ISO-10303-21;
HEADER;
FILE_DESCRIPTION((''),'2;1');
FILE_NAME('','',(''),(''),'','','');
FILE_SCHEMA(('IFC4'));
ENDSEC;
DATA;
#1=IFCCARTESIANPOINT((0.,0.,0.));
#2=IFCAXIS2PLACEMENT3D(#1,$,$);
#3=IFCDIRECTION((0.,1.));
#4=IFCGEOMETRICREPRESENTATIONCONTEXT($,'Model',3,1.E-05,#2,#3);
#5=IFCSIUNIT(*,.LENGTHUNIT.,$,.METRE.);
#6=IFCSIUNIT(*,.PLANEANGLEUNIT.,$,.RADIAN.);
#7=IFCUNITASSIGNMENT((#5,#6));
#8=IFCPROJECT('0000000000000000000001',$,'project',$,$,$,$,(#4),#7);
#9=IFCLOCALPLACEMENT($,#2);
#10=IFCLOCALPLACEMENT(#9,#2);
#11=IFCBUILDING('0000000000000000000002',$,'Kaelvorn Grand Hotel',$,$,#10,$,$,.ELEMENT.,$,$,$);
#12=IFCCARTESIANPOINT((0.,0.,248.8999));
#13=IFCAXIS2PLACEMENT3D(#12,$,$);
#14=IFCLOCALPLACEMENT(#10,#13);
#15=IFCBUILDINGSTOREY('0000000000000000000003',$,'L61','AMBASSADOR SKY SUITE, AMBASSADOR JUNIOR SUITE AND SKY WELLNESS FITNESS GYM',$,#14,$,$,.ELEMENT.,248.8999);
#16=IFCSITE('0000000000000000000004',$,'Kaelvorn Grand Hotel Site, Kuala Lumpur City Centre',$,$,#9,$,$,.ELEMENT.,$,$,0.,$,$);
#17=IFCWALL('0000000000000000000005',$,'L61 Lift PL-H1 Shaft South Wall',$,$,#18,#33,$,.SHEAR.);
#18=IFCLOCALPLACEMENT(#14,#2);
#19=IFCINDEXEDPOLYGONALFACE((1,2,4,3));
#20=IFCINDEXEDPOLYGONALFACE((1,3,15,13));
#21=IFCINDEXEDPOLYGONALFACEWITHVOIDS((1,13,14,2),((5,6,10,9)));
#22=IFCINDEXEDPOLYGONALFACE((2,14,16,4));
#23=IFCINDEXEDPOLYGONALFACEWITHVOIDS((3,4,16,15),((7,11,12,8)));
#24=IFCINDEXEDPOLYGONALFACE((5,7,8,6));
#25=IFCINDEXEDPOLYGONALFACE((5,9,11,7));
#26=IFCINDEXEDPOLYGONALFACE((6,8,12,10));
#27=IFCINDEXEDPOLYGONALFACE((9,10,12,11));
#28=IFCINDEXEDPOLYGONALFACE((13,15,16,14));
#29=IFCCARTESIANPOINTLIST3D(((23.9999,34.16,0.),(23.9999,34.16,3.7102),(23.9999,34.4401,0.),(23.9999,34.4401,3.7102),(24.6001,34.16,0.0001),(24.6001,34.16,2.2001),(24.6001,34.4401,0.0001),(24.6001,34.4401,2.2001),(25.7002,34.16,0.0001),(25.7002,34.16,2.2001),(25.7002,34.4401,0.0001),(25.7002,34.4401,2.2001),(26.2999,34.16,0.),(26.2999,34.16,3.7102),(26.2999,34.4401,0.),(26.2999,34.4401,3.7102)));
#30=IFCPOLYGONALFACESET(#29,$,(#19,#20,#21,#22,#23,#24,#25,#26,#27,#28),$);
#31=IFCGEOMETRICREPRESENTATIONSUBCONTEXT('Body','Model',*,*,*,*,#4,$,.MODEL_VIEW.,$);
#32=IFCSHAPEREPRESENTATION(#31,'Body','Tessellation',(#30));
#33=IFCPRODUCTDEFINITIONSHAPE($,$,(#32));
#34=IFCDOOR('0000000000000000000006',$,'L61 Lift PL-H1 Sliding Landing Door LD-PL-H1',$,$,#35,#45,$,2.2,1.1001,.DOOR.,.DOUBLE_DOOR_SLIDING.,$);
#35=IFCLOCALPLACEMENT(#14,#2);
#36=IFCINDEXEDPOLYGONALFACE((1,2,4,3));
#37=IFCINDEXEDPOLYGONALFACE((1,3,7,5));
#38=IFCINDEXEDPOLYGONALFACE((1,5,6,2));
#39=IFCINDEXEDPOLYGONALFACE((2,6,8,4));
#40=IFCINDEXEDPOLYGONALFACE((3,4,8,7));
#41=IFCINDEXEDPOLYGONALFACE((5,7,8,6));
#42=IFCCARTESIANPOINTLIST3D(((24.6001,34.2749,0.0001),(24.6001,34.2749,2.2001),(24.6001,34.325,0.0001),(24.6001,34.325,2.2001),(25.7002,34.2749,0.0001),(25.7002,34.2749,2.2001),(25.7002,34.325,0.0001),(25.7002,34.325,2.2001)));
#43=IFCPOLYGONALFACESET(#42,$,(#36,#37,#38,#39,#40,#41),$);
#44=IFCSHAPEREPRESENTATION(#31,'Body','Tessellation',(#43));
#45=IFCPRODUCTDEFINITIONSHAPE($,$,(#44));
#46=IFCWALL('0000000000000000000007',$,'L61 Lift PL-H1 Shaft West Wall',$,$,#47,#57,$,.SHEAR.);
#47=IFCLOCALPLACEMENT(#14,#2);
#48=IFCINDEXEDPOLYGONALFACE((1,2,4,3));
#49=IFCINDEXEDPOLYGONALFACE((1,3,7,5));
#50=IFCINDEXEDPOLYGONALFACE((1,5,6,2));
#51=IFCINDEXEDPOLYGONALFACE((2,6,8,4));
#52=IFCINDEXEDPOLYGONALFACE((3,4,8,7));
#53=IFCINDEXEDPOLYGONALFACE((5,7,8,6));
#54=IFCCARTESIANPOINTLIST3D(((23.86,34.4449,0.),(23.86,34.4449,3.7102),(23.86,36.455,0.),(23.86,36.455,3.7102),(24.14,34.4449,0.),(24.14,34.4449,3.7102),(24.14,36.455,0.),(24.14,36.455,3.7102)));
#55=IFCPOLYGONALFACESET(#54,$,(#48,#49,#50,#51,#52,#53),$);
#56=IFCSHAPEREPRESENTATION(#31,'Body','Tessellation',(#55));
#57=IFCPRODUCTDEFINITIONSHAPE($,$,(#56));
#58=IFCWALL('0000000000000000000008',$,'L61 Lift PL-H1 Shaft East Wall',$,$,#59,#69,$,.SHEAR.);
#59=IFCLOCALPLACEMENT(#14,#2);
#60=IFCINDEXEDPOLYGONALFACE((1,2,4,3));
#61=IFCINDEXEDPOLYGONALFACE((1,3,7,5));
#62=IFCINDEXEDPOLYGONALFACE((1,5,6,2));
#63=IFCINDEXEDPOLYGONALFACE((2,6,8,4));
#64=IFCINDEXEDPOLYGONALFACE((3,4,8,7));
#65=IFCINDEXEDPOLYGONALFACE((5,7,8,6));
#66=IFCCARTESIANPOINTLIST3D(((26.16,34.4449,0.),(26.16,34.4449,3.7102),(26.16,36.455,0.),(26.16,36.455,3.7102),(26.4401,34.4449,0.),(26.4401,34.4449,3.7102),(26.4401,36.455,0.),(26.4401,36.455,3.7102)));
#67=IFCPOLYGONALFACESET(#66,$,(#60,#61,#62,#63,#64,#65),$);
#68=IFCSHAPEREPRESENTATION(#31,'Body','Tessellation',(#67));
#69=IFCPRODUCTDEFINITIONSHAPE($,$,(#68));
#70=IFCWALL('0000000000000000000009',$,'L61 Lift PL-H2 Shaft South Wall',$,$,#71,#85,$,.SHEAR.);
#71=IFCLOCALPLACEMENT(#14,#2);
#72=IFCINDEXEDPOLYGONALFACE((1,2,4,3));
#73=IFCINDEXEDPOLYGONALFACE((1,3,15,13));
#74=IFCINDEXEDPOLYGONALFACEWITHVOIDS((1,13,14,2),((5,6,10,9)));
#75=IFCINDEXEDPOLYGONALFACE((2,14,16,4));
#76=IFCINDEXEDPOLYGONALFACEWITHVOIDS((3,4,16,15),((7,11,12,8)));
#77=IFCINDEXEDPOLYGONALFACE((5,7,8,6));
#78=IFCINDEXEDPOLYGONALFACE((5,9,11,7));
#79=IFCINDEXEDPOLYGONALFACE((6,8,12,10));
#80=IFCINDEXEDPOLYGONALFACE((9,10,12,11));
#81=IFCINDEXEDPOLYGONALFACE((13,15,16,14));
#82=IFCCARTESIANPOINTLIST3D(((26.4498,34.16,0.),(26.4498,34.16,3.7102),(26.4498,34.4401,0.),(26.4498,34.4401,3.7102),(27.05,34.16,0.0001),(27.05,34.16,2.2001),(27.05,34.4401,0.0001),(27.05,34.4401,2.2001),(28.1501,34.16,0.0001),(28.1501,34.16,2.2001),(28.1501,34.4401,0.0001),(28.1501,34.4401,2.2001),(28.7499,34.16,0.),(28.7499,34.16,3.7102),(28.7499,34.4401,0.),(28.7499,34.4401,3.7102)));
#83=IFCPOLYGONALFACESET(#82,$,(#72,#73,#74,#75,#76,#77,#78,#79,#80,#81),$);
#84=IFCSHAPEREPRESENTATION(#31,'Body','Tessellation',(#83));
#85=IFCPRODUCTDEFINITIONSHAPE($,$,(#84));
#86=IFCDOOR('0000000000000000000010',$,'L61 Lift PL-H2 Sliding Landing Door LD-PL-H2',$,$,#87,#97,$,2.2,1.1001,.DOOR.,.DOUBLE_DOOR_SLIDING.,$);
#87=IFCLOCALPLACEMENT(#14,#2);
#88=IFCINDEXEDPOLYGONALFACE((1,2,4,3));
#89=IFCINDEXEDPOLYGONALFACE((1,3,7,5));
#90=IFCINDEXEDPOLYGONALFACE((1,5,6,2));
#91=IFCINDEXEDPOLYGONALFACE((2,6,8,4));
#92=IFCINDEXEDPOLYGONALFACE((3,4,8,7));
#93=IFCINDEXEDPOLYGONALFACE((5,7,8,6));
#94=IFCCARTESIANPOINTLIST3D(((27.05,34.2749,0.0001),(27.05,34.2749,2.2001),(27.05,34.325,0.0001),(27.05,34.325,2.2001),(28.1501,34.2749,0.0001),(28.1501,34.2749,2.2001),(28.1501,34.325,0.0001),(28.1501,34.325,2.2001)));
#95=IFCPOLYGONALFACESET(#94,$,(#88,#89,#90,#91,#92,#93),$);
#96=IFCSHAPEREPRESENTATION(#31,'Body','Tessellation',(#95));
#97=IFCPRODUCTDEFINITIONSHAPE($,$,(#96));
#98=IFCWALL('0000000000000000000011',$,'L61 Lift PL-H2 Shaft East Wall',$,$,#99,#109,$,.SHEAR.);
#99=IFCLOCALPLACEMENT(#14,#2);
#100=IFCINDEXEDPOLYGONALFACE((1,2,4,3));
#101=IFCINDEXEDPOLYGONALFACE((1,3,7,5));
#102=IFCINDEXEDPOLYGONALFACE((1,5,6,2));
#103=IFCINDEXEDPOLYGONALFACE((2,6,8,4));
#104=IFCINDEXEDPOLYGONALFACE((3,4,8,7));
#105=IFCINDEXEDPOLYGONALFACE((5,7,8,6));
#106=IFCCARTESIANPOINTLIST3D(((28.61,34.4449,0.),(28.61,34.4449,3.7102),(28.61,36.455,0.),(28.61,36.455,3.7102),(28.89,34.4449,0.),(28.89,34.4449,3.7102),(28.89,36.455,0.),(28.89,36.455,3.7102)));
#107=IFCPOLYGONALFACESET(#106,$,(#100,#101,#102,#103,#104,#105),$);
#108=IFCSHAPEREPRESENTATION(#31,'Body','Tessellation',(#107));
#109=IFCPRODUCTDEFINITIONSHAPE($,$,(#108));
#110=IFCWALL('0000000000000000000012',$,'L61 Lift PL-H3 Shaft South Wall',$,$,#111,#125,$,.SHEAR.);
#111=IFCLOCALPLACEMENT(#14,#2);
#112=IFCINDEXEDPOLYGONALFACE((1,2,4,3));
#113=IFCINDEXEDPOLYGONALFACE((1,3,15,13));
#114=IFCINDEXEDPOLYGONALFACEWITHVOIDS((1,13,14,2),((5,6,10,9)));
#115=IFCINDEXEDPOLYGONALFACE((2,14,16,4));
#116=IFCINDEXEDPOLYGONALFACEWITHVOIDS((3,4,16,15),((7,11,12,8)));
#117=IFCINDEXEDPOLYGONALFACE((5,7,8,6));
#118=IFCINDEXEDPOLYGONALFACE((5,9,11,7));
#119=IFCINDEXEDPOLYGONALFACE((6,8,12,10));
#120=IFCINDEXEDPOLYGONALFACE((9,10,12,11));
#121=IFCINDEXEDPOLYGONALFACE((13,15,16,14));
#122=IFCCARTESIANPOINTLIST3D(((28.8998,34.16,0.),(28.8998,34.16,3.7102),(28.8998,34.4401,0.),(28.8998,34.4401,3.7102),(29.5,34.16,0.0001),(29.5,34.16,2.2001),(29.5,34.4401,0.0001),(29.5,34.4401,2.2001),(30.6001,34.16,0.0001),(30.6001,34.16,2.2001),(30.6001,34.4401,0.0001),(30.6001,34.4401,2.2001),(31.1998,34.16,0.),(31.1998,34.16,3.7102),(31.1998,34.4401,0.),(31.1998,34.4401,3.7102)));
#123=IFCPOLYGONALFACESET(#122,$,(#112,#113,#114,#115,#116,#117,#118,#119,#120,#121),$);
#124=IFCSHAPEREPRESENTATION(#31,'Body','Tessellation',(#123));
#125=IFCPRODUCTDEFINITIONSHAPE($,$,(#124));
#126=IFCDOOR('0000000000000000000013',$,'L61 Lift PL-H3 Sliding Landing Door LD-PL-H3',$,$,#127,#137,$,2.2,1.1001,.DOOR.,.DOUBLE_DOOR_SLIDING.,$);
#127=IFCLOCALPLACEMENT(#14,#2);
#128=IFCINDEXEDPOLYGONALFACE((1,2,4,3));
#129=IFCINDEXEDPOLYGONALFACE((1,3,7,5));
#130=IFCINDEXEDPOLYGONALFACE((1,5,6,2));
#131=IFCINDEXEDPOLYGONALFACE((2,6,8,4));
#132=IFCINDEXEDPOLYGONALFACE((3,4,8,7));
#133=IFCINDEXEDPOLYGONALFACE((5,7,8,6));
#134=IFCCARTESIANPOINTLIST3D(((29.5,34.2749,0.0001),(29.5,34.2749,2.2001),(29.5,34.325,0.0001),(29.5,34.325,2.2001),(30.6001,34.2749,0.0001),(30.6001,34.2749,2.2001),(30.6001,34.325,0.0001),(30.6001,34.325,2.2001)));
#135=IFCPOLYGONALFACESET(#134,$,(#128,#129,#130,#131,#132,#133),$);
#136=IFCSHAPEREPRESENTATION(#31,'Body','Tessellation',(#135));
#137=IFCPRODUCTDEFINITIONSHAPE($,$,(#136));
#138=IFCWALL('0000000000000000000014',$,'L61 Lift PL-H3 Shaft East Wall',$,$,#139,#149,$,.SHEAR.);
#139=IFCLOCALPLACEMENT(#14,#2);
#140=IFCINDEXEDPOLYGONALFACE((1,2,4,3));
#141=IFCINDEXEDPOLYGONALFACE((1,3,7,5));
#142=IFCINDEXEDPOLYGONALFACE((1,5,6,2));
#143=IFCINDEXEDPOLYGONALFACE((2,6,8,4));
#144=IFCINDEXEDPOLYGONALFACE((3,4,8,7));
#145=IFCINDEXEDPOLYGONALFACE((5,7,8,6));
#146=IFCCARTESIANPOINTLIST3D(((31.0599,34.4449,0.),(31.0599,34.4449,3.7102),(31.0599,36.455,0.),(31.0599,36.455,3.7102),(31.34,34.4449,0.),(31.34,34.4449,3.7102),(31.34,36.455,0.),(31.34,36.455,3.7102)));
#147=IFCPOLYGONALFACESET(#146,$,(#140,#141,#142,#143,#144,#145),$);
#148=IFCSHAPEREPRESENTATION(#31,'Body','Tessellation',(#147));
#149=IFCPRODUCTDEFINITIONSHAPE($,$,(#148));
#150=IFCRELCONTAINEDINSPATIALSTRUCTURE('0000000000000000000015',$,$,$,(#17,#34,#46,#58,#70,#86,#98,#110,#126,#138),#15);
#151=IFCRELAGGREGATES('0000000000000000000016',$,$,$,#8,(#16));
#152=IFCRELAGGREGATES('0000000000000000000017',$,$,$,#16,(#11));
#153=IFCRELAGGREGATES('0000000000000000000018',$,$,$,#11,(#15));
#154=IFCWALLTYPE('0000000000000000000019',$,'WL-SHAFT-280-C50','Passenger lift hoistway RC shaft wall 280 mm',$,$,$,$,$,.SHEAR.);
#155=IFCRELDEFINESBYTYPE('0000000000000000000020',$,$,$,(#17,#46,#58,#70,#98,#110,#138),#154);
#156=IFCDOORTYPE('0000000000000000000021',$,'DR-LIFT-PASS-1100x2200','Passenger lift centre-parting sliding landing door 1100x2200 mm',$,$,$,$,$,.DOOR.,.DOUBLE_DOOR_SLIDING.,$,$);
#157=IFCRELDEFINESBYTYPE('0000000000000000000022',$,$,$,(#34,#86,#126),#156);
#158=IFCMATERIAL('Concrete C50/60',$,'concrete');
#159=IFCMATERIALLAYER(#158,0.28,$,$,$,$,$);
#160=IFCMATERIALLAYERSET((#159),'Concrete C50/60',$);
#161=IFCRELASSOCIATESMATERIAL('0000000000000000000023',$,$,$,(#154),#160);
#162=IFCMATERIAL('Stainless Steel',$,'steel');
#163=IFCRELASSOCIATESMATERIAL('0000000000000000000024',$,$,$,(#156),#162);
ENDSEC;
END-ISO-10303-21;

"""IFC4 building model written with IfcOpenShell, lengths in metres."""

from ifc_helpers import new_model, si_unit, direction, frame, frame_2d, origin, place, context, subcontext, project, spatial, rectangle, extrude, material, layer, layer_set, type_object, element, fill, save


model = new_model("IFC4")

# Units and contexts
model_context = context("Model", 3, precision=1e-05, world=origin(), true_north=direction((0.0, 1.0)))
body_context = subcontext(model_context, "Body", "Model", "MODEL_VIEW")
ifc_project = project(units=[si_unit("LENGTHUNIT", "METRE"), si_unit("PLANEANGLEUNIT", "RADIAN")], contexts=[model_context])

# Site, building, storey
site_placement = place(None, origin())
site = spatial("IfcSite", under=ifc_project, at=site_placement, Name="Kaelvorn Grand Hotel Site, Kuala Lumpur City Centre", CompositionType="ELEMENT", RefElevation=0.0)
building_placement = place(site_placement, origin())
building = spatial("IfcBuilding", under=site, at=building_placement, Name="Kaelvorn Grand Hotel", CompositionType="ELEMENT")
storey_placement = place(building_placement, frame((0.0, 0.0, 248.8999)))
storey = spatial("IfcBuildingStorey", under=building, at=storey_placement, Name="L61", Description="AMBASSADOR SKY SUITE, AMBASSADOR JUNIOR SUITE AND SKY WELLNESS FITNESS GYM", CompositionType="ELEMENT", Elevation=248.8999)

# Shared definitions
ifc_material_1 = material(Name="Concrete C50/60", Category="concrete")

# Wall, opening, door
ifc_layer_1 = layer(ifc_material_1, 0.28)
ifc_layer_set_1 = layer_set([ifc_layer_1], Name="Concrete C50/60")
wall_type_1 = type_object("IfcWallType", Name="WL-SHAFT-280-C50", Description="Passenger lift hoistway RC shaft wall 280 mm", PredefinedType="SHEAR", material=ifc_layer_set_1)
wall_1_placement = place(storey_placement, frame((24.0, 34.3, 0.0), z_axis=(0.0, 0.0, 1.0), x_axis=(1.0, 0.0, 0.0)))
wall_1 = element("IfcWall", 1, at=wall_1_placement, inside=storey, type_object=wall_type_1, Name="L61 Lift PL-H1 Shaft South Wall", PredefinedType="SHEAR", context=body_context, shape_type="SweptSolid", body=[
    extrude(rectangle(XDim=2.3, YDim=0.28, at=frame_2d((1.1499, 0.0))), origin(), (0.0, 0.0, 1.0), 3.7102),
])
opening_1_placement = place(wall_1_placement, frame((0.6001, 0.0, 0.0)))
opening_1 = element("IfcOpeningElement", 2, at=opening_1_placement, cuts=wall_1, PredefinedType="OPENING", context=body_context, shape_type="SweptSolid", body=[
    extrude(rectangle(XDim=1.1001, YDim=2.2, at=frame_2d((0.55, 1.1001))), frame((0.0, 0.1499, 0.0), z_axis=(0.0, -1.0, 0.0), x_axis=(1.0, 0.0, 0.0)), (0.0, 0.0, 1.0), 0.3),
])
ifc_material_2 = material(Name="Stainless Steel", Category="steel")
door_type_1 = type_object("IfcDoorType", Name="DR-LIFT-PASS-1100x2200", Description="Passenger lift centre-parting sliding landing door 1100x2200 mm", OperationType="DOUBLE_DOOR_SLIDING", PredefinedType="DOOR", material=ifc_material_2)
door_1_placement = place(opening_1_placement, origin())
door_1 = element("IfcDoor", 3, at=door_1_placement, inside=storey, type_object=door_type_1, Name="L61 Lift PL-H1 Sliding Landing Door LD-PL-H1", OperationType="DOUBLE_DOOR_SLIDING", OverallHeight=2.2, OverallWidth=1.1001, PredefinedType="DOOR", context=body_context, shape_type="SweptSolid", body=[
    extrude(rectangle(XDim=1.1001, YDim=2.2, at=frame_2d((0.55, 1.1001))), frame((0.0, 0.0249, 0.0), z_axis=(0.0, -1.0, 0.0), x_axis=(1.0, 0.0, 0.0)), (0.0, 0.0, 1.0), 0.05),
])
fill(opening_1, door_1)

# Walls
for number, where, z_axis, x_axis, name in (
    (4, (24.0, 34.4451, 0.0), (0.0, 0.0, 1.0), (0.0, 1.0, 0.0), "L61 Lift PL-H1 Shaft West Wall"),
    (5, (26.3, 34.4451, 0.0), (0.0, 0.0, 1.0), (0.0, 1.0, 0.0), "L61 Lift PL-H1 Shaft East Wall"),
):
    element("IfcWall", number, at=place(storey_placement, frame(where, z_axis=z_axis, x_axis=x_axis)), inside=storey, type_object=wall_type_1, Name=name, PredefinedType="SHEAR", context=body_context, shape_type="SweptSolid", body=[
        extrude(rectangle(XDim=2.01, YDim=0.28, at=frame_2d((1.0049, 0.0))), origin(), (0.0, 0.0, 1.0), 3.7102),
    ])

# Wall, opening, door
wall_2_placement = place(storey_placement, frame((26.45, 34.3, 0.0), z_axis=(0.0, 0.0, 1.0), x_axis=(1.0, 0.0, 0.0)))
wall_2 = element("IfcWall", 6, at=wall_2_placement, inside=storey, type_object=wall_type_1, Name="L61 Lift PL-H2 Shaft South Wall", PredefinedType="SHEAR", context=body_context, shape_type="SweptSolid", body=[
    extrude(rectangle(XDim=2.3, YDim=0.28, at=frame_2d((1.1499, 0.0))), origin(), (0.0, 0.0, 1.0), 3.7102),
])
opening_2_placement = place(wall_2_placement, frame((0.6001, 0.0, 0.0)))
opening_2 = element("IfcOpeningElement", 7, at=opening_2_placement, cuts=wall_2, PredefinedType="OPENING", context=body_context, shape_type="SweptSolid", body=[
    extrude(rectangle(XDim=1.1001, YDim=2.2, at=frame_2d((0.55, 1.1001))), frame((0.0, 0.1499, 0.0), z_axis=(0.0, -1.0, 0.0), x_axis=(1.0, 0.0, 0.0)), (0.0, 0.0, 1.0), 0.3),
])
door_2_placement = place(opening_2_placement, origin())
door_2 = element("IfcDoor", 8, at=door_2_placement, inside=storey, type_object=door_type_1, Name="L61 Lift PL-H2 Sliding Landing Door LD-PL-H2", OperationType="DOUBLE_DOOR_SLIDING", OverallHeight=2.2, OverallWidth=1.1001, PredefinedType="DOOR", context=body_context, shape_type="SweptSolid", body=[
    extrude(rectangle(XDim=1.1001, YDim=2.2, at=frame_2d((0.55, 1.1001))), frame((0.0, 0.0249, 0.0), z_axis=(0.0, -1.0, 0.0), x_axis=(1.0, 0.0, 0.0)), (0.0, 0.0, 1.0), 0.05),
])
fill(opening_2, door_2)

# Wall
wall_3_placement = place(storey_placement, frame((28.75, 34.4451, 0.0), z_axis=(0.0, 0.0, 1.0), x_axis=(0.0, 1.0, 0.0)))
element("IfcWall", 9, at=wall_3_placement, inside=storey, type_object=wall_type_1, Name="L61 Lift PL-H2 Shaft East Wall", PredefinedType="SHEAR", context=body_context, shape_type="SweptSolid", body=[
    extrude(rectangle(XDim=2.01, YDim=0.28, at=frame_2d((1.0049, 0.0))), origin(), (0.0, 0.0, 1.0), 3.7102),
])

# Wall, opening, door
wall_4_placement = place(storey_placement, frame((28.8999, 34.3, 0.0), z_axis=(0.0, 0.0, 1.0), x_axis=(1.0, 0.0, 0.0)))
wall_4 = element("IfcWall", 10, at=wall_4_placement, inside=storey, type_object=wall_type_1, Name="L61 Lift PL-H3 Shaft South Wall", PredefinedType="SHEAR", context=body_context, shape_type="SweptSolid", body=[
    extrude(rectangle(XDim=2.3, YDim=0.28, at=frame_2d((1.1499, 0.0))), origin(), (0.0, 0.0, 1.0), 3.7102),
])
opening_3_placement = place(wall_4_placement, frame((0.6001, 0.0, 0.0)))
opening_3 = element("IfcOpeningElement", 11, at=opening_3_placement, cuts=wall_4, PredefinedType="OPENING", context=body_context, shape_type="SweptSolid", body=[
    extrude(rectangle(XDim=1.1001, YDim=2.2, at=frame_2d((0.55, 1.1001))), frame((0.0, 0.1499, 0.0), z_axis=(0.0, -1.0, 0.0), x_axis=(1.0, 0.0, 0.0)), (0.0, 0.0, 1.0), 0.3),
])
door_3_placement = place(opening_3_placement, origin())
door_3 = element("IfcDoor", 12, at=door_3_placement, inside=storey, type_object=door_type_1, Name="L61 Lift PL-H3 Sliding Landing Door LD-PL-H3", OperationType="DOUBLE_DOOR_SLIDING", OverallHeight=2.2, OverallWidth=1.1001, PredefinedType="DOOR", context=body_context, shape_type="SweptSolid", body=[
    extrude(rectangle(XDim=1.1001, YDim=2.2, at=frame_2d((0.55, 1.1001))), frame((0.0, 0.0249, 0.0), z_axis=(0.0, -1.0, 0.0), x_axis=(1.0, 0.0, 0.0)), (0.0, 0.0, 1.0), 0.05),
])
fill(opening_3, door_3)

# Wall
wall_5_placement = place(storey_placement, frame((31.2, 34.4451, 0.0), z_axis=(0.0, 0.0, 1.0), x_axis=(0.0, 1.0, 0.0)))
element("IfcWall", 13, at=wall_5_placement, inside=storey, type_object=wall_type_1, Name="L61 Lift PL-H3 Shaft East Wall", PredefinedType="SHEAR", context=body_context, shape_type="SweptSolid", body=[
    extrude(rectangle(XDim=2.01, YDim=0.28, at=frame_2d((1.0049, 0.0))), origin(), (0.0, 0.0, 1.0), 3.7102),
])

save(model, "model.ifc")
